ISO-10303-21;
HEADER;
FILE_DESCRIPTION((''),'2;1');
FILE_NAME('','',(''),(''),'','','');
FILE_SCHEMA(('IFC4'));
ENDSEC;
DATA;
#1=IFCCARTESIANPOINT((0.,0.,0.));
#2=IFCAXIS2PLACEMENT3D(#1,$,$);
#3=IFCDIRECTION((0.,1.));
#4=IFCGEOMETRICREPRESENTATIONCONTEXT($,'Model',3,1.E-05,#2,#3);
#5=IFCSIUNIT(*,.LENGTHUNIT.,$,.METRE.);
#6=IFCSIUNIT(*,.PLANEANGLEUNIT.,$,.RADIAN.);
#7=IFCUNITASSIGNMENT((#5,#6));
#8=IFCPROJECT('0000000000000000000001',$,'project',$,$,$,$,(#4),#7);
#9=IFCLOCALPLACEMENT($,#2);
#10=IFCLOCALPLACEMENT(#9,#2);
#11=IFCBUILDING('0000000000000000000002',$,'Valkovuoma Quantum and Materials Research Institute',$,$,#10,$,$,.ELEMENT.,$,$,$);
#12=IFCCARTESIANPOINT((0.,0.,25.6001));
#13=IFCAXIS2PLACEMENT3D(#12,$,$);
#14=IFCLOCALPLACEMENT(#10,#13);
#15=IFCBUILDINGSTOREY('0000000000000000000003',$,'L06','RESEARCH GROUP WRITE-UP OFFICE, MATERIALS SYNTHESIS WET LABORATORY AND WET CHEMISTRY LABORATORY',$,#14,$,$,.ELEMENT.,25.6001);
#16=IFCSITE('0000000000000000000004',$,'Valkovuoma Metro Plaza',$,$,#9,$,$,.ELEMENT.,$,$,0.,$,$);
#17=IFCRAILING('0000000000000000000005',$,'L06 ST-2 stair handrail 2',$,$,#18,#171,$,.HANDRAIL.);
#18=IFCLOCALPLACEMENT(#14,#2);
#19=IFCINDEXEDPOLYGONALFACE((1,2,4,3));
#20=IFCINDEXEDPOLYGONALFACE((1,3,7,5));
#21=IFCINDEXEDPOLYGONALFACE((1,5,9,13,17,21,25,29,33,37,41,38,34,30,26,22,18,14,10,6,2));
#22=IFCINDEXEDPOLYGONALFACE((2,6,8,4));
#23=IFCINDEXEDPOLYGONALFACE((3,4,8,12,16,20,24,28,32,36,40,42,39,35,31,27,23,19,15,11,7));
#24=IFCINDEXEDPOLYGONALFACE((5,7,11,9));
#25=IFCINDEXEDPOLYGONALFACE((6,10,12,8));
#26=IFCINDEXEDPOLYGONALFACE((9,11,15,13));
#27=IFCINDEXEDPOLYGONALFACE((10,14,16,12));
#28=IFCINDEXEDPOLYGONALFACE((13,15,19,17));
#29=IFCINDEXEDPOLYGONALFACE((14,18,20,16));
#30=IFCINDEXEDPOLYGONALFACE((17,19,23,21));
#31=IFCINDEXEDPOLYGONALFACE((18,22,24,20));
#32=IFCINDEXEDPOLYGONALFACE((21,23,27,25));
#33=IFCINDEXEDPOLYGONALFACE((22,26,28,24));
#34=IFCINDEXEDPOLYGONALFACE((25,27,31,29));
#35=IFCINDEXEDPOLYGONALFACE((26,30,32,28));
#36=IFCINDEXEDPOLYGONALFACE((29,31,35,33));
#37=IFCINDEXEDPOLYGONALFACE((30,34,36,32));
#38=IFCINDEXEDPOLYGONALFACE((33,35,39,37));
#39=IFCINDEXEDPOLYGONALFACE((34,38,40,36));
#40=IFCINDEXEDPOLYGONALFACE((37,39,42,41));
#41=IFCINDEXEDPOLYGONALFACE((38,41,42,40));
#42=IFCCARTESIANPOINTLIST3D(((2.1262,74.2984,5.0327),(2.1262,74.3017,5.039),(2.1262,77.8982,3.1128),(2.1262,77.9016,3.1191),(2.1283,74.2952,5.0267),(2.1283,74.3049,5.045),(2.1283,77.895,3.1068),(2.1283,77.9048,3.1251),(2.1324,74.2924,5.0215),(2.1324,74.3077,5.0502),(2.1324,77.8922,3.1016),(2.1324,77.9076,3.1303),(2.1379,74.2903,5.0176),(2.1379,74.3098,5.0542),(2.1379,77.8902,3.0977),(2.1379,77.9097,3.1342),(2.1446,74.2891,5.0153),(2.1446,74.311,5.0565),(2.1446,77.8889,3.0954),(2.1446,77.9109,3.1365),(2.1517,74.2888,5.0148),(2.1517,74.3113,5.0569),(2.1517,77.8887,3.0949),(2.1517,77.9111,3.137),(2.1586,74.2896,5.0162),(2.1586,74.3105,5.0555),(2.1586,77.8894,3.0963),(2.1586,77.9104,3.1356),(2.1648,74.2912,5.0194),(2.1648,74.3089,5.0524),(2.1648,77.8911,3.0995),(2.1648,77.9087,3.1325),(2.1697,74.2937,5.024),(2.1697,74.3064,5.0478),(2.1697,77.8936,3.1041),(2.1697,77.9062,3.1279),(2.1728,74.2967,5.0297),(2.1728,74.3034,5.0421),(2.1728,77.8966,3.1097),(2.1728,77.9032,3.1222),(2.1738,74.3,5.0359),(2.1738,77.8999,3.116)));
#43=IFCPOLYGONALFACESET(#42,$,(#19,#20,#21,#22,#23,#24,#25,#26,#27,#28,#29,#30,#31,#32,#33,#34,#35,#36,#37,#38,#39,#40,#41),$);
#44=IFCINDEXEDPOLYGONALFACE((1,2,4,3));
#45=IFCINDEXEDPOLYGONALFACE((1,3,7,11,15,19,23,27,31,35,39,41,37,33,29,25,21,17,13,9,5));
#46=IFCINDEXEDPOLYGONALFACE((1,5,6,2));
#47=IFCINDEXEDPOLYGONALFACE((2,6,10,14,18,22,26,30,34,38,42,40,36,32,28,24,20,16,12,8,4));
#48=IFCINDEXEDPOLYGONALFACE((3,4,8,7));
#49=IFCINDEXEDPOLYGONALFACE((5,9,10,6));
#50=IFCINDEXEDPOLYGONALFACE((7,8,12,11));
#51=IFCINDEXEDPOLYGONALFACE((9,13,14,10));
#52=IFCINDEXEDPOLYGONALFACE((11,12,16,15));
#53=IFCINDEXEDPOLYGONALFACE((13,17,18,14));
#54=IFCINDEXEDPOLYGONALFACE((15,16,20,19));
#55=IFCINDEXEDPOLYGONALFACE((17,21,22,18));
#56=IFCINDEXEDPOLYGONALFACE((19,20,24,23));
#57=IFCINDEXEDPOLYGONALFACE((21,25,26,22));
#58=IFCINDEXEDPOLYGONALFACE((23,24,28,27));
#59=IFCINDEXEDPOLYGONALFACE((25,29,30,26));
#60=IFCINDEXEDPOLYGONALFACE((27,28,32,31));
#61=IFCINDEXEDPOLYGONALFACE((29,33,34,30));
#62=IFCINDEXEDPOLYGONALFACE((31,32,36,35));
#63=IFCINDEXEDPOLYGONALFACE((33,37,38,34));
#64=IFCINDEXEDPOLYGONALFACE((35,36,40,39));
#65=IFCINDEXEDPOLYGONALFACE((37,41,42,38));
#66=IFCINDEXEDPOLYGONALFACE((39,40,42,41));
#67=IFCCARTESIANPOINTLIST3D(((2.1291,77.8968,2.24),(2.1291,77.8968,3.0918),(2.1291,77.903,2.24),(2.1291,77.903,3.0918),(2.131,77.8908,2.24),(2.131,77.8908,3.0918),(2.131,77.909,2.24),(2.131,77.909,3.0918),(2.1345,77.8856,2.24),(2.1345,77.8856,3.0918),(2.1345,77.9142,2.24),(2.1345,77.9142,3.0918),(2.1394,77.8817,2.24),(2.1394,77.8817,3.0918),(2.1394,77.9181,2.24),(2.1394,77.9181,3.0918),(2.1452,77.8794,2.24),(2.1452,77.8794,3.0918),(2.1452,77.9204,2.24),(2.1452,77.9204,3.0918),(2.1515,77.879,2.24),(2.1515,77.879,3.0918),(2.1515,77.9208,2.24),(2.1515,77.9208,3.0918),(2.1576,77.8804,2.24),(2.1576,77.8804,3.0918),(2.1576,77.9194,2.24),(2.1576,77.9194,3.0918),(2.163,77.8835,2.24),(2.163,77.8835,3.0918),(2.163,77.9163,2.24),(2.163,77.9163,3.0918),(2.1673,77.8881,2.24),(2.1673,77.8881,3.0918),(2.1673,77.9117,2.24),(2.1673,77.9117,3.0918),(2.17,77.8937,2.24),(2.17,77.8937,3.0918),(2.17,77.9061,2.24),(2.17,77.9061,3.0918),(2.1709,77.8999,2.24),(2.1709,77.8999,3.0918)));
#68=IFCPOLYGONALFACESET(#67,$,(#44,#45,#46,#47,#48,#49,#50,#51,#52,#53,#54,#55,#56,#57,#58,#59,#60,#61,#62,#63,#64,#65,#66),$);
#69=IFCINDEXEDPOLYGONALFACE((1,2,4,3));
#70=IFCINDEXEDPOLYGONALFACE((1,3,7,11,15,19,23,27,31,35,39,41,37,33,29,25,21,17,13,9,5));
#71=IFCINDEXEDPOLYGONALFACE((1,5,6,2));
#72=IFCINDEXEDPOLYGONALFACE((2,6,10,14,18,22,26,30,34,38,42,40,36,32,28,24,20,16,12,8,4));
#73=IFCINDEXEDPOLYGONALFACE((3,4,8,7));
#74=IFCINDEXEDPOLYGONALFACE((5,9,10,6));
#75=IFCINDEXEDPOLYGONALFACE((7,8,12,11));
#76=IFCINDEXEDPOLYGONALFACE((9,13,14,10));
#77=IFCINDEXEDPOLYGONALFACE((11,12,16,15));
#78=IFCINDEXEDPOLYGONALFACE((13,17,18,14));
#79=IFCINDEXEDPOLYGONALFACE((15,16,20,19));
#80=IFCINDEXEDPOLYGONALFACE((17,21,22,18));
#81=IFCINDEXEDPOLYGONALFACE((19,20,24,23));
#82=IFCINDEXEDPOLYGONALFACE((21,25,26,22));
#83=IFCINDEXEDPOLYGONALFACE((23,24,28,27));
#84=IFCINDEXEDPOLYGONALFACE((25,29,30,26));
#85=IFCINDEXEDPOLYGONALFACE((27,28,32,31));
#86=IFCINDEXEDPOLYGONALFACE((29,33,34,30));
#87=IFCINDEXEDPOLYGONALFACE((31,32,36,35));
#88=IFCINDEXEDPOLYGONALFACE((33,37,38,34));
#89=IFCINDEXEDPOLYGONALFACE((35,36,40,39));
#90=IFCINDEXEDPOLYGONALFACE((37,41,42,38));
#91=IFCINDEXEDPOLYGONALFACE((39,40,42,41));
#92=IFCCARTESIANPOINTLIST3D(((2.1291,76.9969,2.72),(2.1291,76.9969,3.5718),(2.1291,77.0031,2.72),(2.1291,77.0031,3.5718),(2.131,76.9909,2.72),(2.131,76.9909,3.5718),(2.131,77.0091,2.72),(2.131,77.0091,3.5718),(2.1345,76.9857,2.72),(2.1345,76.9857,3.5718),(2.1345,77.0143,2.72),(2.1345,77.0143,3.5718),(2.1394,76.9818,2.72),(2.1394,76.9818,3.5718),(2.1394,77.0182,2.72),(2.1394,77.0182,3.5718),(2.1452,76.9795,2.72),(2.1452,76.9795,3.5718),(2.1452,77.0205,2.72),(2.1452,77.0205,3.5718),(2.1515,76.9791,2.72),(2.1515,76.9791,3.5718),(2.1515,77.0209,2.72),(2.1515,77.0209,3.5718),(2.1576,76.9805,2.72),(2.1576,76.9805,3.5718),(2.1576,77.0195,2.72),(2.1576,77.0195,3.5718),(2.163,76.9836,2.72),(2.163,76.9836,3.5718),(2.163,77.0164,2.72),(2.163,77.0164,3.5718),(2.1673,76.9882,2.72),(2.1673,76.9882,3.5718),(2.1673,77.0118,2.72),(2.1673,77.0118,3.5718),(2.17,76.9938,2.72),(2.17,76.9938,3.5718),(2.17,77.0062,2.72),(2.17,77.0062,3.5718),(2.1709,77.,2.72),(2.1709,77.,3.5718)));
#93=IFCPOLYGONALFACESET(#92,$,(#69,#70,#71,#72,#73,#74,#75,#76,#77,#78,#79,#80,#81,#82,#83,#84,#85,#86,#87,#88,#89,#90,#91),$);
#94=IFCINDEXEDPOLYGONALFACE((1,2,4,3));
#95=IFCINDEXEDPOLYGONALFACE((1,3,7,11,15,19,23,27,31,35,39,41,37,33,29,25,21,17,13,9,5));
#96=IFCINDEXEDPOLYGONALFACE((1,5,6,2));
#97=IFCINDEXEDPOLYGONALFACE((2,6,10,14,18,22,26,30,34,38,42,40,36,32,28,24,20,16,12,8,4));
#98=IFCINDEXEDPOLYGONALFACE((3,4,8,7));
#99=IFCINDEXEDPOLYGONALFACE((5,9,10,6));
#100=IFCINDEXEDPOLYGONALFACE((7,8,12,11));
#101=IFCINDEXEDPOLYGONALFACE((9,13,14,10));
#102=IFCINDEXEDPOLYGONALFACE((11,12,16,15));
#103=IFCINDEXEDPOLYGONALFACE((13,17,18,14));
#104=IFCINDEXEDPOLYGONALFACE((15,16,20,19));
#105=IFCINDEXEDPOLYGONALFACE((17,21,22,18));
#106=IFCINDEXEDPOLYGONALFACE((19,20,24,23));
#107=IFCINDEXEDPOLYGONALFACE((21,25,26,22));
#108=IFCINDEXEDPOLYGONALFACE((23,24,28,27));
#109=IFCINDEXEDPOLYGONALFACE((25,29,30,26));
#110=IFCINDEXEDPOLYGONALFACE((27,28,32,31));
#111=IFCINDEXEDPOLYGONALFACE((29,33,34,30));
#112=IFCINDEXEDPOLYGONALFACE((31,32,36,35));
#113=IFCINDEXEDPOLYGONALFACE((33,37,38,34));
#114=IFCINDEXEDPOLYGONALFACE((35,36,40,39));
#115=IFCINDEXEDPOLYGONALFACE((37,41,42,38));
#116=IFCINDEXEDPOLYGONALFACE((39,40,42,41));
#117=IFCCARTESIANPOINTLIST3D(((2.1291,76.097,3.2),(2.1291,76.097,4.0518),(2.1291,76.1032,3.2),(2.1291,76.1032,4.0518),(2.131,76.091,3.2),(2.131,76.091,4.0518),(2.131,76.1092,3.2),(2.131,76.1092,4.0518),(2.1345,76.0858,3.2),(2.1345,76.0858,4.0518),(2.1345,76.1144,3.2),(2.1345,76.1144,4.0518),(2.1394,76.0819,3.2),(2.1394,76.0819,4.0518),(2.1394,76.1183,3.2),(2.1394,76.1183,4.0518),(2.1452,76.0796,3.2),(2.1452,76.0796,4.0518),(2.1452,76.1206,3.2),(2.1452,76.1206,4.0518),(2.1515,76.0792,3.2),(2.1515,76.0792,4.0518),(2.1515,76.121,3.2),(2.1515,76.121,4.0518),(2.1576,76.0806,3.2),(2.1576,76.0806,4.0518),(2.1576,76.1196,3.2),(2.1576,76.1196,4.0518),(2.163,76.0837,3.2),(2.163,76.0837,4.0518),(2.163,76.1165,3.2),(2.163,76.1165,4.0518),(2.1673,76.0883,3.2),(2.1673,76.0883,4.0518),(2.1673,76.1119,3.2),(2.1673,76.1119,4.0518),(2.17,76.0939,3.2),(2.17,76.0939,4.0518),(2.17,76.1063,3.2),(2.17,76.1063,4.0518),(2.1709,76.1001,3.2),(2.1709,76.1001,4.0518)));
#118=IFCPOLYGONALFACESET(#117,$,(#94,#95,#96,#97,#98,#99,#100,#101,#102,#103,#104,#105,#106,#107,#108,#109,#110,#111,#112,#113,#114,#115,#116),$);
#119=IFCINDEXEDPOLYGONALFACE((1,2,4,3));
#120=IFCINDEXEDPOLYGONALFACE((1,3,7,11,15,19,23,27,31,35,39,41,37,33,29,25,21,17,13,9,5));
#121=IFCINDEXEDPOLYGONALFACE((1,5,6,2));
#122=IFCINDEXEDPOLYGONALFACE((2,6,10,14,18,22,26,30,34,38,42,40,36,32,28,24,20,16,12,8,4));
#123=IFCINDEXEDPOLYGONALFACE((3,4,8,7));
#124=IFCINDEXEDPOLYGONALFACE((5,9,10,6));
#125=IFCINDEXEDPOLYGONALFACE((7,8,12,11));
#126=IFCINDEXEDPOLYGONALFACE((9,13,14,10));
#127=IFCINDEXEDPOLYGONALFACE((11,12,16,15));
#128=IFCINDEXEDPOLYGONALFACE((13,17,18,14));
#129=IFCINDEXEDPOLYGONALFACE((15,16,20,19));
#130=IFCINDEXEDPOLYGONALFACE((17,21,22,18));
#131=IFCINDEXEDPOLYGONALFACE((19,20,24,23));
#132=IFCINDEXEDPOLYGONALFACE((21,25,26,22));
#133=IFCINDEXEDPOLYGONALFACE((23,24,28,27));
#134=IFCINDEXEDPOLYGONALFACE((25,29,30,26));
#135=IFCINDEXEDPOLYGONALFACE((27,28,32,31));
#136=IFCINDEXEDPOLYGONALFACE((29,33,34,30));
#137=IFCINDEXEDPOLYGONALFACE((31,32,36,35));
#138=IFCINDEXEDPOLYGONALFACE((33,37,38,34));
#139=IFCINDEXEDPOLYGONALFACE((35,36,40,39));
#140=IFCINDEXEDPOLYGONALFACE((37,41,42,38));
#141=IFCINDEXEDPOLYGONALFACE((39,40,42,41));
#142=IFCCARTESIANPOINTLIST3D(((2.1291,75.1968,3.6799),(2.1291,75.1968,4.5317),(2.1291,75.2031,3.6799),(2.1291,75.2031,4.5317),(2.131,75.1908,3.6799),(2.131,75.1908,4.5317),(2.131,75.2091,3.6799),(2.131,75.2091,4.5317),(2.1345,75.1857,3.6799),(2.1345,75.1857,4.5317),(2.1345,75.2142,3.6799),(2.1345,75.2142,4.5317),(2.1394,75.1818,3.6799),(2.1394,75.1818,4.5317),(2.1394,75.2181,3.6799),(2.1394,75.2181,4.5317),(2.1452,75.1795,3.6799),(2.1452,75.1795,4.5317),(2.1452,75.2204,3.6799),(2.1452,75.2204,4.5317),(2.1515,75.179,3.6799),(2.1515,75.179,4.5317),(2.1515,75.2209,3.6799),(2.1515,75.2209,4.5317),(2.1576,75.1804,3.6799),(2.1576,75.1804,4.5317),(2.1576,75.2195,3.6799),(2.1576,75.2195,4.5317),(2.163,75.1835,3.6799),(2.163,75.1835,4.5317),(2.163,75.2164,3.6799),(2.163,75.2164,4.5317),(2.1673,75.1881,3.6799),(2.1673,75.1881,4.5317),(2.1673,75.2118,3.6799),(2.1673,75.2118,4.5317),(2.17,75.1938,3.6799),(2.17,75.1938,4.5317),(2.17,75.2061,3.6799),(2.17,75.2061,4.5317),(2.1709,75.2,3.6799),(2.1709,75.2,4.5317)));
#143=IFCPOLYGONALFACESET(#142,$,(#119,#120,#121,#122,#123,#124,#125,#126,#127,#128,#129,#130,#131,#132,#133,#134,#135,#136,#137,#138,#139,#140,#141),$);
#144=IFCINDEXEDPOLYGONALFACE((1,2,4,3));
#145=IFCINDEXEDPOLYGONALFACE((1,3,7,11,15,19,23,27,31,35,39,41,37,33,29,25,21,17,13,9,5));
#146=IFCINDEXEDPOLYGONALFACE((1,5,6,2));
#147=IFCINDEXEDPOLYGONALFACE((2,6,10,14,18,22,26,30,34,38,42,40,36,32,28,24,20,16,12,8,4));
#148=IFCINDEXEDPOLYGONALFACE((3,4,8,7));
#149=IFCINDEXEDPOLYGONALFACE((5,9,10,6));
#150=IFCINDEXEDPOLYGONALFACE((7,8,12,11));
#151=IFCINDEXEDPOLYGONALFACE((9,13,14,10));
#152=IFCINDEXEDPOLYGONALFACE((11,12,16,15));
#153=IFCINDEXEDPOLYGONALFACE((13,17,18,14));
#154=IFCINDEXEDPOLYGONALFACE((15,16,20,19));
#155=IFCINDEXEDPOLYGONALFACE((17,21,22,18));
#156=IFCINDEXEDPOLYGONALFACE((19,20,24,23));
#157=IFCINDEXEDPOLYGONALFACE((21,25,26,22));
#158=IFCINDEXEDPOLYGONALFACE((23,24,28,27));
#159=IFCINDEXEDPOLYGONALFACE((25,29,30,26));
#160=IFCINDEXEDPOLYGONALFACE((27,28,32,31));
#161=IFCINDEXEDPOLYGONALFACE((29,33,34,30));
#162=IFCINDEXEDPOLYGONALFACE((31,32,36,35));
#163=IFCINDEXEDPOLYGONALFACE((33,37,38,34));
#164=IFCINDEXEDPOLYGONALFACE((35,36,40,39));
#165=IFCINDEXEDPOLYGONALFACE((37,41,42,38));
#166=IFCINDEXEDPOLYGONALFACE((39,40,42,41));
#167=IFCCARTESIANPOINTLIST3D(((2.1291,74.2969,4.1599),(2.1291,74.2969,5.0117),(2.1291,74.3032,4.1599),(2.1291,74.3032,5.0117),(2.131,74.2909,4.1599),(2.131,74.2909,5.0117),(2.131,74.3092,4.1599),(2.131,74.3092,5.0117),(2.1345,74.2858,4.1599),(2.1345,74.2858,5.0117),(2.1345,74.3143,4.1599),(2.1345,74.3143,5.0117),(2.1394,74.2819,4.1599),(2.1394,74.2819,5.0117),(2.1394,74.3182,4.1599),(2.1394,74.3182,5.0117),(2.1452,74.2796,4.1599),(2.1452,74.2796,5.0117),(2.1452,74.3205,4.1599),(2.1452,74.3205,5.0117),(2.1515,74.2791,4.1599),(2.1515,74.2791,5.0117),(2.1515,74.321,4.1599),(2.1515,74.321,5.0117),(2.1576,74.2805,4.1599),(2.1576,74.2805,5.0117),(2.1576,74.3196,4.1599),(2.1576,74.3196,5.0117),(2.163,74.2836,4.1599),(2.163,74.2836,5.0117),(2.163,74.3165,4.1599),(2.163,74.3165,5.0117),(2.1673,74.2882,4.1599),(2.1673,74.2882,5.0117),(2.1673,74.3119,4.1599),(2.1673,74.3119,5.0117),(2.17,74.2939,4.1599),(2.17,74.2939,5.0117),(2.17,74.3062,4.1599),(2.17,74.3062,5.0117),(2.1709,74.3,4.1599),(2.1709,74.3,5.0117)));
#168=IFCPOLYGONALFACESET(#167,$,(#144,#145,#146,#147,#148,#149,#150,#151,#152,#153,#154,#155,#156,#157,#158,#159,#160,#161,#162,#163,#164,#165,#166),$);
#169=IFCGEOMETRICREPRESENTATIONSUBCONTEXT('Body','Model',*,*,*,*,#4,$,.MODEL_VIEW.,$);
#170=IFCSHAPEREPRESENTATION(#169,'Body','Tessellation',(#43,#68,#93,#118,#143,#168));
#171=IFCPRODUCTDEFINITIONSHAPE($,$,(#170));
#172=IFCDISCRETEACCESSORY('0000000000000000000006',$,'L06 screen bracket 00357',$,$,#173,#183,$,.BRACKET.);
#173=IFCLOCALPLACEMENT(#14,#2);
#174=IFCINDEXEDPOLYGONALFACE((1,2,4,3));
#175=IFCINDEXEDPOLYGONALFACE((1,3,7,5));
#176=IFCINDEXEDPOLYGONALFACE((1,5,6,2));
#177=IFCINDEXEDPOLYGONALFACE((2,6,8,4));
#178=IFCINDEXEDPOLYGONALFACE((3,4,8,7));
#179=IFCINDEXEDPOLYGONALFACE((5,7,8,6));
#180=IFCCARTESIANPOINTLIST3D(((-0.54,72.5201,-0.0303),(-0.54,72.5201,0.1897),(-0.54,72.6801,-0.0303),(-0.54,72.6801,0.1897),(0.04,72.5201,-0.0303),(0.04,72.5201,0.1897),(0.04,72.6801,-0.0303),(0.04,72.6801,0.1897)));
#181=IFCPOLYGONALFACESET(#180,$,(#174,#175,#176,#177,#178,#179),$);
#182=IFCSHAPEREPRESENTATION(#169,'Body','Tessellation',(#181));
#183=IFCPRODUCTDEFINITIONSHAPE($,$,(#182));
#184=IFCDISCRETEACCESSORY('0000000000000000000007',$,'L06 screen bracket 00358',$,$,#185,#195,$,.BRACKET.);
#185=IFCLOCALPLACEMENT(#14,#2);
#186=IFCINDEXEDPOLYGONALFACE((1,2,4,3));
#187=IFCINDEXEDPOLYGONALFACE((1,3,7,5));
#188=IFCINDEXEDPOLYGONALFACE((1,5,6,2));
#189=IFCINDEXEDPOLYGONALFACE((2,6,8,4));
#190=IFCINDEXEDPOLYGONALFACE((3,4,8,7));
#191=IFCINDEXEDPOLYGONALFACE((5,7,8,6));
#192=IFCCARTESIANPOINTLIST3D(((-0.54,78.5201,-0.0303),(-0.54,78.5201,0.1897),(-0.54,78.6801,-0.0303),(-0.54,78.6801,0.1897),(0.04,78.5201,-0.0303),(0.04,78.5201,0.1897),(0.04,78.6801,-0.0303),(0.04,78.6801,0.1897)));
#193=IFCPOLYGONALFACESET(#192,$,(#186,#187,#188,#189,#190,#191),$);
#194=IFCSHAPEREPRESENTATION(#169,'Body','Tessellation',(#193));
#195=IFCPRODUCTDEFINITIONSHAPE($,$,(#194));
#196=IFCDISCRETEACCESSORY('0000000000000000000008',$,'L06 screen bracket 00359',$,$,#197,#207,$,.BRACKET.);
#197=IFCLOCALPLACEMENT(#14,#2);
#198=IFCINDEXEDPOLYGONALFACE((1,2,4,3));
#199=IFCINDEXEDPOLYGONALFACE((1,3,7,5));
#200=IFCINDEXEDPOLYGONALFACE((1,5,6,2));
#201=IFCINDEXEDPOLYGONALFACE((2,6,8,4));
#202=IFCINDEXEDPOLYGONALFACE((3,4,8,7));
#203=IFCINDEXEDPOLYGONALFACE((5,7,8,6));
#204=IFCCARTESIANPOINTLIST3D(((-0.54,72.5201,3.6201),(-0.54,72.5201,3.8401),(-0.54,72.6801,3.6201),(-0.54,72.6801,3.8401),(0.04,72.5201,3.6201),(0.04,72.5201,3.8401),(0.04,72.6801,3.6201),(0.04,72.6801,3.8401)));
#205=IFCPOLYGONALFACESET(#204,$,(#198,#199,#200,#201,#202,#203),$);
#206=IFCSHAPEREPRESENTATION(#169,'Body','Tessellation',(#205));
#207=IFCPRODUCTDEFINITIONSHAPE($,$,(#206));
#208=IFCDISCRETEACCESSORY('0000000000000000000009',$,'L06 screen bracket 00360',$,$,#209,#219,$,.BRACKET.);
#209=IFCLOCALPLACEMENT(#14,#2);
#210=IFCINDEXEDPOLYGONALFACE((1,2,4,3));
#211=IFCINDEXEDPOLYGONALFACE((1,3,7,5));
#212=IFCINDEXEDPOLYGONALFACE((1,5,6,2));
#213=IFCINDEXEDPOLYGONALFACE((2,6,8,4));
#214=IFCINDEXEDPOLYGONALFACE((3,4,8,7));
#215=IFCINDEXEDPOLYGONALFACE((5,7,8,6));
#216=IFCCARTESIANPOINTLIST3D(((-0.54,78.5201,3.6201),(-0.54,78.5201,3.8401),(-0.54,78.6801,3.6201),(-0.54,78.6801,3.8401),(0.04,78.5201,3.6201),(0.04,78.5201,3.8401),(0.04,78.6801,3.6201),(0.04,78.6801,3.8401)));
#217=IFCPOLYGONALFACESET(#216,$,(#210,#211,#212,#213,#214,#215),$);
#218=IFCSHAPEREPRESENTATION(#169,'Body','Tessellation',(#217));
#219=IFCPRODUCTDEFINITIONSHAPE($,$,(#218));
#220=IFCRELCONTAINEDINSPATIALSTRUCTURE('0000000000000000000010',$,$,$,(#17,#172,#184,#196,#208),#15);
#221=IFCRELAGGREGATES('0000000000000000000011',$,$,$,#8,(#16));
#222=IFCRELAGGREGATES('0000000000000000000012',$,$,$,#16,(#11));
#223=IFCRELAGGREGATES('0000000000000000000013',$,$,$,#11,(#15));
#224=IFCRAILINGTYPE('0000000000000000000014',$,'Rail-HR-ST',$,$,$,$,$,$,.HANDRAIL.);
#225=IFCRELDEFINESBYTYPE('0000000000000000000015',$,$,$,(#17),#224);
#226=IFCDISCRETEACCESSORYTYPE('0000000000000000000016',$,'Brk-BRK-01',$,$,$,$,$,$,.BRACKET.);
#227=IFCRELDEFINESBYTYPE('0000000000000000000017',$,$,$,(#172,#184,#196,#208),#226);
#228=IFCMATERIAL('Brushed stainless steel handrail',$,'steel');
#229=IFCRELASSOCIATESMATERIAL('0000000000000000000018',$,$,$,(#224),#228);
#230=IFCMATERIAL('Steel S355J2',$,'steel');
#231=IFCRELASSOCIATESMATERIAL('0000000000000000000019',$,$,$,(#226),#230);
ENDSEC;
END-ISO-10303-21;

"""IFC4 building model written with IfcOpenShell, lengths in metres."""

from ifc_helpers import new_model, si_unit, direction, frame, origin, origin_2d, place, context, subcontext, project, spatial, rectangle, circle, extrude, material, type_object, element, save


model = new_model("IFC4")

# Units and contexts
model_context = context("Model", 3, precision=1e-05, world=origin(), true_north=direction((0.0, 1.0)))
body_context = subcontext(model_context, "Body", "Model", "MODEL_VIEW")
ifc_project = project(units=[si_unit("LENGTHUNIT", "METRE"), si_unit("PLANEANGLEUNIT", "RADIAN")], contexts=[model_context])

# Site, building, storey
site_placement = place(None, origin())
site = spatial("IfcSite", under=ifc_project, at=site_placement, Name="Valkovuoma Metro Plaza", CompositionType="ELEMENT", RefElevation=0.0)
building_placement = place(site_placement, origin())
building = spatial("IfcBuilding", under=site, at=building_placement, Name="Valkovuoma Quantum and Materials Research Institute", CompositionType="ELEMENT")
storey_placement = place(building_placement, frame((0.0, 0.0, 25.6001)))
storey = spatial("IfcBuildingStorey", under=building, at=storey_placement, Name="L06", Description="RESEARCH GROUP WRITE-UP OFFICE, MATERIALS SYNTHESIS WET LABORATORY AND WET CHEMISTRY LABORATORY", CompositionType="ELEMENT", Elevation=25.6001)

# Railing
ifc_material_1 = material(Name="Brushed stainless steel handrail", Category="steel")
railing_type_1 = type_object("IfcRailingType", Name="Rail-HR-ST", PredefinedType="HANDRAIL", material=ifc_material_1)
railing_1_placement = place(storey_placement, frame((2.1499, 77.8999, 2.24)))
element("IfcRailing", 1, at=railing_1_placement, inside=storey, type_object=railing_type_1, Name="L06 ST-2 stair handrail 2", PredefinedType="HANDRAIL", context=body_context, shape_type="SweptSolid", body=[
    extrude(circle(Radius=0.0239, at=origin_2d()), frame((0.0, 0.0, 0.876), z_axis=(0.0, -0.882353, 0.470588), x_axis=(1.0, 0.0, 0.0)), (0.0, 0.0, 1.0), 4.0798),
    extrude(circle(Radius=0.021, at=origin_2d()), origin(), (0.0, 0.0, 1.0), 0.8518),
    extrude(circle(Radius=0.021, at=origin_2d()), frame((0.0, -0.8999, 0.48)), (0.0, 0.0, 1.0), 0.8518),
    extrude(circle(Radius=0.021, at=origin_2d()), frame((0.0, -1.7998, 0.96)), (0.0, 0.0, 1.0), 0.8518),
    extrude(circle(Radius=0.021, at=origin_2d()), frame((0.0, -2.7, 1.4399)), (0.0, 0.0, 1.0), 0.8518),
    extrude(circle(Radius=0.021, at=origin_2d()), frame((0.0, -3.5999, 1.9199)), (0.0, 0.0, 1.0), 0.8518),
])

# Discrete accessories
ifc_material_2 = material(Name="Steel S355J2", Category="steel")
discrete_accessory_type = type_object("IfcDiscreteAccessoryType", Name="Brk-BRK-01", PredefinedType="BRACKET", material=ifc_material_2)
for number, where, z_axis, x_axis, name in (
    (2, (-0.25, 72.6001, -0.0303), (0.0, 0.0, 1.0), (1.0, 0.0, 0.0), "L06 screen bracket 00357"),
    (3, (-0.25, 78.6001, -0.0303), (0.0, 0.0, 1.0), (1.0, 0.0, 0.0), "L06 screen bracket 00358"),
    (4, (-0.25, 72.6001, 3.6201), (0.0, 0.0, 1.0), (1.0, 0.0, 0.0), "L06 screen bracket 00359"),
    (5, (-0.25, 78.6001, 3.6201), (0.0, 0.0, 1.0), (1.0, 0.0, 0.0), "L06 screen bracket 00360"),
):
    element("IfcDiscreteAccessory", number, at=place(storey_placement, frame(where, z_axis=z_axis, x_axis=x_axis)), inside=storey, type_object=discrete_accessory_type, Name=name, PredefinedType="BRACKET", context=body_context, shape_type="SweptSolid", body=[
        extrude(rectangle(XDim=0.5801, YDim=0.1599, at=origin_2d()), origin(), (0.0, 0.0, 1.0), 0.22),
    ])

save(model, "model.ifc")
